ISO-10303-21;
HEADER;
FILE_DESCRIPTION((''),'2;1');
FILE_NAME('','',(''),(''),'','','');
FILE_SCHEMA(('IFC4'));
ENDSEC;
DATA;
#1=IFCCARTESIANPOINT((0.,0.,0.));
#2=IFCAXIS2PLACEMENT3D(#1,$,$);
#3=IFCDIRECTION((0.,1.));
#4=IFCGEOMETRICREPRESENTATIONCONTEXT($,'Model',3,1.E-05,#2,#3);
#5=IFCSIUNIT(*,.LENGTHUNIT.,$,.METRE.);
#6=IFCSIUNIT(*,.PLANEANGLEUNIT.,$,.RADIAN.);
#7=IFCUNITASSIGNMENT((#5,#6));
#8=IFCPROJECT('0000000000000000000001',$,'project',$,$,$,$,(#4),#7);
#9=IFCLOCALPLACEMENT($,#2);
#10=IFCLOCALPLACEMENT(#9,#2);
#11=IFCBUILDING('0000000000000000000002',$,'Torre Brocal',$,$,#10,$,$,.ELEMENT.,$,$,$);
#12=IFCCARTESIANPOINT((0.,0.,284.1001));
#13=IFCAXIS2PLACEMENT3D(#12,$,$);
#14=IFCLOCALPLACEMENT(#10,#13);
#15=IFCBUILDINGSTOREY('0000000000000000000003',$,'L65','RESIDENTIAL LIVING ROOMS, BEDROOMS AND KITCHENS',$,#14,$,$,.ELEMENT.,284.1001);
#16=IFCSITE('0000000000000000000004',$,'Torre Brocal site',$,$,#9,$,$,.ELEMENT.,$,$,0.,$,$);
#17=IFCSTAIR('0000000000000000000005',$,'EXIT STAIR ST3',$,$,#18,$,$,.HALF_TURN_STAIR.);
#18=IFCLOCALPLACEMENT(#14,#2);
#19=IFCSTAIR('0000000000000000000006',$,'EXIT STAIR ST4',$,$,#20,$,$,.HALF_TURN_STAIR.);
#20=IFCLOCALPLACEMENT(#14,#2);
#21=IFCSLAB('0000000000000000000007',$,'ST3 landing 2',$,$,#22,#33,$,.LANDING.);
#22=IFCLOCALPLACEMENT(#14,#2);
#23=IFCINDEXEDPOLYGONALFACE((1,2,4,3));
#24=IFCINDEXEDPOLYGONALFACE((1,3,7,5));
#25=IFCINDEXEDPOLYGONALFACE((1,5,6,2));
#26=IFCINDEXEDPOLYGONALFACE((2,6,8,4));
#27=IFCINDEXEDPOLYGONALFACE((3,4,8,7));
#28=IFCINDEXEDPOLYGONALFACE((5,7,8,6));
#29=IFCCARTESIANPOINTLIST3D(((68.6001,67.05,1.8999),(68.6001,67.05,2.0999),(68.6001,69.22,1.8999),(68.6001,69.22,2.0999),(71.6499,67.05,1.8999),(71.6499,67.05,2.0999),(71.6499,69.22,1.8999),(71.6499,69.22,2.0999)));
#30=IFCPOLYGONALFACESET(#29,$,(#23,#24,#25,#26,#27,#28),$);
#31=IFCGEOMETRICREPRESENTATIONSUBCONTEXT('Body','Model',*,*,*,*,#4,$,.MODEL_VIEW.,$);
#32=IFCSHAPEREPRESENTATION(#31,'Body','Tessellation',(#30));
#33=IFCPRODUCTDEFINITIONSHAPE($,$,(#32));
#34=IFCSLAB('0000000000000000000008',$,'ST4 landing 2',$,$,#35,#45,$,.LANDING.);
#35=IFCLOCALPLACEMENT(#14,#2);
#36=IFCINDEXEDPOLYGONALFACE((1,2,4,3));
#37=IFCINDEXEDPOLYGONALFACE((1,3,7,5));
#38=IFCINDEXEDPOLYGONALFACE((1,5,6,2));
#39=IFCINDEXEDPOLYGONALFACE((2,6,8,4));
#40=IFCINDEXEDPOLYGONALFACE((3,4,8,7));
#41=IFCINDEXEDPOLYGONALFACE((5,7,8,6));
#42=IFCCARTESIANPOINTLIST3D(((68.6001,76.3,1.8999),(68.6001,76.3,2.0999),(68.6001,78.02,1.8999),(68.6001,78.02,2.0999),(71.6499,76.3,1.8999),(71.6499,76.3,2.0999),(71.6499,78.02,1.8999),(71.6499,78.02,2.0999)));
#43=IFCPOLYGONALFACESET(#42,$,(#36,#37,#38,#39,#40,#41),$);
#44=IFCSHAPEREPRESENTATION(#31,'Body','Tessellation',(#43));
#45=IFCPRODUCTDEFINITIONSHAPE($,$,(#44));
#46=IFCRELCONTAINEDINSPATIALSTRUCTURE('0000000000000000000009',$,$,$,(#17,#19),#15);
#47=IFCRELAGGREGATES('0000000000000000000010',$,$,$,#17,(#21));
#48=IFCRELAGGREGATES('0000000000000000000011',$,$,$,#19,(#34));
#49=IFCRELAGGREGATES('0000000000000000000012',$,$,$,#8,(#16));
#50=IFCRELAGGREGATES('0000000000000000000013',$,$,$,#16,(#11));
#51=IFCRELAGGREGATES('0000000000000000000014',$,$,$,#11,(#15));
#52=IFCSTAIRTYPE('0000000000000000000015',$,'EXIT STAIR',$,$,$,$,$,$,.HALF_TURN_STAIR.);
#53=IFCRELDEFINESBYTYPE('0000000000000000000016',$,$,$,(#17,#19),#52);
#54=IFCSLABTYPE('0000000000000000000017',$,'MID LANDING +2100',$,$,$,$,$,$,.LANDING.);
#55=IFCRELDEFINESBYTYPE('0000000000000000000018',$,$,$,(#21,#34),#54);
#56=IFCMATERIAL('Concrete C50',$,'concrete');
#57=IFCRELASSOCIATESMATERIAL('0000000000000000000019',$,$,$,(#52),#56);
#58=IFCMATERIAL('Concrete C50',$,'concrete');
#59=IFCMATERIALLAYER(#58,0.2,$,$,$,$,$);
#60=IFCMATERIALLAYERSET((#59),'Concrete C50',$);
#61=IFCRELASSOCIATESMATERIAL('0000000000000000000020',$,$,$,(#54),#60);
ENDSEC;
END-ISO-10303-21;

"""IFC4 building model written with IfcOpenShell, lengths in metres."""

from ifc_helpers import new_model, si_unit, direction, frame, origin, place, context, subcontext, project, spatial, polyline, outline, extrude, material, layer, layer_set, type_object, element, aggregate, save


model = new_model("IFC4")

# Units and contexts
model_context = context("Model", 3, precision=1e-05, world=origin(), true_north=direction((0.0, 1.0)))
body_context = subcontext(model_context, "Body", "Model", "MODEL_VIEW")
ifc_project = project(units=[si_unit("LENGTHUNIT", "METRE"), si_unit("PLANEANGLEUNIT", "RADIAN")], contexts=[model_context])

# Site, building, storey
site_placement = place(None, origin())
site = spatial("IfcSite", under=ifc_project, at=site_placement, Name="Torre Brocal site", CompositionType="ELEMENT", RefElevation=0.0)
building_placement = place(site_placement, origin())
building = spatial("IfcBuilding", under=site, at=building_placement, Name="Torre Brocal", CompositionType="ELEMENT")
storey_placement = place(building_placement, frame((0.0, 0.0, 284.1001)))
storey = spatial("IfcBuildingStorey", under=building, at=storey_placement, Name="L65", Description="RESIDENTIAL LIVING ROOMS, BEDROOMS AND KITCHENS", CompositionType="ELEMENT", Elevation=284.1001)

# Stairs
ifc_material_1 = material(Name="Concrete C50", Category="concrete")
stair_type = type_object("IfcStairType", Name="EXIT STAIR", PredefinedType="HALF_TURN_STAIR", material=ifc_material_1)
stair_1_placement = place(storey_placement, origin())
stair_1 = element("IfcStair", 1, at=stair_1_placement, inside=storey, type_object=stair_type, Name="EXIT STAIR ST3", PredefinedType="HALF_TURN_STAIR")
stair_2_placement = place(storey_placement, origin())
stair_2 = element("IfcStair", 2, at=stair_2_placement, inside=storey, type_object=stair_type, Name="EXIT STAIR ST4", PredefinedType="HALF_TURN_STAIR")

# Slabs
ifc_material_2 = material(Name="Concrete C50", Category="concrete")
ifc_layer_1 = layer(ifc_material_2, 0.2)
ifc_layer_set_1 = layer_set([ifc_layer_1], Name="Concrete C50")
slab_type_1 = type_object("IfcSlabType", Name="MID LANDING +2100", PredefinedType="LANDING", material=ifc_layer_set_1)
slab_1_placement = place(storey_placement, frame((0.0, 0.0, 1.8999)))
slab_1 = element("IfcSlab", 3, at=slab_1_placement, type_object=slab_type_1, Name="ST3 landing 2", PredefinedType="LANDING", context=body_context, shape_type="SweptSolid", body=[
    extrude(outline(polyline([(71.6499, 69.22), (68.6001, 69.22), (68.6001, 67.05), (71.6499, 67.05), (71.6499, 69.22)])), origin(), (0.0, 0.0, 1.0), 0.2),
])
aggregate(stair_1, [slab_1])
slab_2_placement = place(storey_placement, frame((0.0, 0.0, 1.8999)))
slab_2 = element("IfcSlab", 4, at=slab_2_placement, type_object=slab_type_1, Name="ST4 landing 2", PredefinedType="LANDING", context=body_context, shape_type="SweptSolid", body=[
    extrude(outline(polyline([(71.6499, 78.02), (68.6001, 78.02), (68.6001, 76.3), (71.6499, 76.3), (71.6499, 78.02)])), origin(), (0.0, 0.0, 1.0), 0.2),
])
aggregate(stair_2, [slab_2])

save(model, "model.ifc")
